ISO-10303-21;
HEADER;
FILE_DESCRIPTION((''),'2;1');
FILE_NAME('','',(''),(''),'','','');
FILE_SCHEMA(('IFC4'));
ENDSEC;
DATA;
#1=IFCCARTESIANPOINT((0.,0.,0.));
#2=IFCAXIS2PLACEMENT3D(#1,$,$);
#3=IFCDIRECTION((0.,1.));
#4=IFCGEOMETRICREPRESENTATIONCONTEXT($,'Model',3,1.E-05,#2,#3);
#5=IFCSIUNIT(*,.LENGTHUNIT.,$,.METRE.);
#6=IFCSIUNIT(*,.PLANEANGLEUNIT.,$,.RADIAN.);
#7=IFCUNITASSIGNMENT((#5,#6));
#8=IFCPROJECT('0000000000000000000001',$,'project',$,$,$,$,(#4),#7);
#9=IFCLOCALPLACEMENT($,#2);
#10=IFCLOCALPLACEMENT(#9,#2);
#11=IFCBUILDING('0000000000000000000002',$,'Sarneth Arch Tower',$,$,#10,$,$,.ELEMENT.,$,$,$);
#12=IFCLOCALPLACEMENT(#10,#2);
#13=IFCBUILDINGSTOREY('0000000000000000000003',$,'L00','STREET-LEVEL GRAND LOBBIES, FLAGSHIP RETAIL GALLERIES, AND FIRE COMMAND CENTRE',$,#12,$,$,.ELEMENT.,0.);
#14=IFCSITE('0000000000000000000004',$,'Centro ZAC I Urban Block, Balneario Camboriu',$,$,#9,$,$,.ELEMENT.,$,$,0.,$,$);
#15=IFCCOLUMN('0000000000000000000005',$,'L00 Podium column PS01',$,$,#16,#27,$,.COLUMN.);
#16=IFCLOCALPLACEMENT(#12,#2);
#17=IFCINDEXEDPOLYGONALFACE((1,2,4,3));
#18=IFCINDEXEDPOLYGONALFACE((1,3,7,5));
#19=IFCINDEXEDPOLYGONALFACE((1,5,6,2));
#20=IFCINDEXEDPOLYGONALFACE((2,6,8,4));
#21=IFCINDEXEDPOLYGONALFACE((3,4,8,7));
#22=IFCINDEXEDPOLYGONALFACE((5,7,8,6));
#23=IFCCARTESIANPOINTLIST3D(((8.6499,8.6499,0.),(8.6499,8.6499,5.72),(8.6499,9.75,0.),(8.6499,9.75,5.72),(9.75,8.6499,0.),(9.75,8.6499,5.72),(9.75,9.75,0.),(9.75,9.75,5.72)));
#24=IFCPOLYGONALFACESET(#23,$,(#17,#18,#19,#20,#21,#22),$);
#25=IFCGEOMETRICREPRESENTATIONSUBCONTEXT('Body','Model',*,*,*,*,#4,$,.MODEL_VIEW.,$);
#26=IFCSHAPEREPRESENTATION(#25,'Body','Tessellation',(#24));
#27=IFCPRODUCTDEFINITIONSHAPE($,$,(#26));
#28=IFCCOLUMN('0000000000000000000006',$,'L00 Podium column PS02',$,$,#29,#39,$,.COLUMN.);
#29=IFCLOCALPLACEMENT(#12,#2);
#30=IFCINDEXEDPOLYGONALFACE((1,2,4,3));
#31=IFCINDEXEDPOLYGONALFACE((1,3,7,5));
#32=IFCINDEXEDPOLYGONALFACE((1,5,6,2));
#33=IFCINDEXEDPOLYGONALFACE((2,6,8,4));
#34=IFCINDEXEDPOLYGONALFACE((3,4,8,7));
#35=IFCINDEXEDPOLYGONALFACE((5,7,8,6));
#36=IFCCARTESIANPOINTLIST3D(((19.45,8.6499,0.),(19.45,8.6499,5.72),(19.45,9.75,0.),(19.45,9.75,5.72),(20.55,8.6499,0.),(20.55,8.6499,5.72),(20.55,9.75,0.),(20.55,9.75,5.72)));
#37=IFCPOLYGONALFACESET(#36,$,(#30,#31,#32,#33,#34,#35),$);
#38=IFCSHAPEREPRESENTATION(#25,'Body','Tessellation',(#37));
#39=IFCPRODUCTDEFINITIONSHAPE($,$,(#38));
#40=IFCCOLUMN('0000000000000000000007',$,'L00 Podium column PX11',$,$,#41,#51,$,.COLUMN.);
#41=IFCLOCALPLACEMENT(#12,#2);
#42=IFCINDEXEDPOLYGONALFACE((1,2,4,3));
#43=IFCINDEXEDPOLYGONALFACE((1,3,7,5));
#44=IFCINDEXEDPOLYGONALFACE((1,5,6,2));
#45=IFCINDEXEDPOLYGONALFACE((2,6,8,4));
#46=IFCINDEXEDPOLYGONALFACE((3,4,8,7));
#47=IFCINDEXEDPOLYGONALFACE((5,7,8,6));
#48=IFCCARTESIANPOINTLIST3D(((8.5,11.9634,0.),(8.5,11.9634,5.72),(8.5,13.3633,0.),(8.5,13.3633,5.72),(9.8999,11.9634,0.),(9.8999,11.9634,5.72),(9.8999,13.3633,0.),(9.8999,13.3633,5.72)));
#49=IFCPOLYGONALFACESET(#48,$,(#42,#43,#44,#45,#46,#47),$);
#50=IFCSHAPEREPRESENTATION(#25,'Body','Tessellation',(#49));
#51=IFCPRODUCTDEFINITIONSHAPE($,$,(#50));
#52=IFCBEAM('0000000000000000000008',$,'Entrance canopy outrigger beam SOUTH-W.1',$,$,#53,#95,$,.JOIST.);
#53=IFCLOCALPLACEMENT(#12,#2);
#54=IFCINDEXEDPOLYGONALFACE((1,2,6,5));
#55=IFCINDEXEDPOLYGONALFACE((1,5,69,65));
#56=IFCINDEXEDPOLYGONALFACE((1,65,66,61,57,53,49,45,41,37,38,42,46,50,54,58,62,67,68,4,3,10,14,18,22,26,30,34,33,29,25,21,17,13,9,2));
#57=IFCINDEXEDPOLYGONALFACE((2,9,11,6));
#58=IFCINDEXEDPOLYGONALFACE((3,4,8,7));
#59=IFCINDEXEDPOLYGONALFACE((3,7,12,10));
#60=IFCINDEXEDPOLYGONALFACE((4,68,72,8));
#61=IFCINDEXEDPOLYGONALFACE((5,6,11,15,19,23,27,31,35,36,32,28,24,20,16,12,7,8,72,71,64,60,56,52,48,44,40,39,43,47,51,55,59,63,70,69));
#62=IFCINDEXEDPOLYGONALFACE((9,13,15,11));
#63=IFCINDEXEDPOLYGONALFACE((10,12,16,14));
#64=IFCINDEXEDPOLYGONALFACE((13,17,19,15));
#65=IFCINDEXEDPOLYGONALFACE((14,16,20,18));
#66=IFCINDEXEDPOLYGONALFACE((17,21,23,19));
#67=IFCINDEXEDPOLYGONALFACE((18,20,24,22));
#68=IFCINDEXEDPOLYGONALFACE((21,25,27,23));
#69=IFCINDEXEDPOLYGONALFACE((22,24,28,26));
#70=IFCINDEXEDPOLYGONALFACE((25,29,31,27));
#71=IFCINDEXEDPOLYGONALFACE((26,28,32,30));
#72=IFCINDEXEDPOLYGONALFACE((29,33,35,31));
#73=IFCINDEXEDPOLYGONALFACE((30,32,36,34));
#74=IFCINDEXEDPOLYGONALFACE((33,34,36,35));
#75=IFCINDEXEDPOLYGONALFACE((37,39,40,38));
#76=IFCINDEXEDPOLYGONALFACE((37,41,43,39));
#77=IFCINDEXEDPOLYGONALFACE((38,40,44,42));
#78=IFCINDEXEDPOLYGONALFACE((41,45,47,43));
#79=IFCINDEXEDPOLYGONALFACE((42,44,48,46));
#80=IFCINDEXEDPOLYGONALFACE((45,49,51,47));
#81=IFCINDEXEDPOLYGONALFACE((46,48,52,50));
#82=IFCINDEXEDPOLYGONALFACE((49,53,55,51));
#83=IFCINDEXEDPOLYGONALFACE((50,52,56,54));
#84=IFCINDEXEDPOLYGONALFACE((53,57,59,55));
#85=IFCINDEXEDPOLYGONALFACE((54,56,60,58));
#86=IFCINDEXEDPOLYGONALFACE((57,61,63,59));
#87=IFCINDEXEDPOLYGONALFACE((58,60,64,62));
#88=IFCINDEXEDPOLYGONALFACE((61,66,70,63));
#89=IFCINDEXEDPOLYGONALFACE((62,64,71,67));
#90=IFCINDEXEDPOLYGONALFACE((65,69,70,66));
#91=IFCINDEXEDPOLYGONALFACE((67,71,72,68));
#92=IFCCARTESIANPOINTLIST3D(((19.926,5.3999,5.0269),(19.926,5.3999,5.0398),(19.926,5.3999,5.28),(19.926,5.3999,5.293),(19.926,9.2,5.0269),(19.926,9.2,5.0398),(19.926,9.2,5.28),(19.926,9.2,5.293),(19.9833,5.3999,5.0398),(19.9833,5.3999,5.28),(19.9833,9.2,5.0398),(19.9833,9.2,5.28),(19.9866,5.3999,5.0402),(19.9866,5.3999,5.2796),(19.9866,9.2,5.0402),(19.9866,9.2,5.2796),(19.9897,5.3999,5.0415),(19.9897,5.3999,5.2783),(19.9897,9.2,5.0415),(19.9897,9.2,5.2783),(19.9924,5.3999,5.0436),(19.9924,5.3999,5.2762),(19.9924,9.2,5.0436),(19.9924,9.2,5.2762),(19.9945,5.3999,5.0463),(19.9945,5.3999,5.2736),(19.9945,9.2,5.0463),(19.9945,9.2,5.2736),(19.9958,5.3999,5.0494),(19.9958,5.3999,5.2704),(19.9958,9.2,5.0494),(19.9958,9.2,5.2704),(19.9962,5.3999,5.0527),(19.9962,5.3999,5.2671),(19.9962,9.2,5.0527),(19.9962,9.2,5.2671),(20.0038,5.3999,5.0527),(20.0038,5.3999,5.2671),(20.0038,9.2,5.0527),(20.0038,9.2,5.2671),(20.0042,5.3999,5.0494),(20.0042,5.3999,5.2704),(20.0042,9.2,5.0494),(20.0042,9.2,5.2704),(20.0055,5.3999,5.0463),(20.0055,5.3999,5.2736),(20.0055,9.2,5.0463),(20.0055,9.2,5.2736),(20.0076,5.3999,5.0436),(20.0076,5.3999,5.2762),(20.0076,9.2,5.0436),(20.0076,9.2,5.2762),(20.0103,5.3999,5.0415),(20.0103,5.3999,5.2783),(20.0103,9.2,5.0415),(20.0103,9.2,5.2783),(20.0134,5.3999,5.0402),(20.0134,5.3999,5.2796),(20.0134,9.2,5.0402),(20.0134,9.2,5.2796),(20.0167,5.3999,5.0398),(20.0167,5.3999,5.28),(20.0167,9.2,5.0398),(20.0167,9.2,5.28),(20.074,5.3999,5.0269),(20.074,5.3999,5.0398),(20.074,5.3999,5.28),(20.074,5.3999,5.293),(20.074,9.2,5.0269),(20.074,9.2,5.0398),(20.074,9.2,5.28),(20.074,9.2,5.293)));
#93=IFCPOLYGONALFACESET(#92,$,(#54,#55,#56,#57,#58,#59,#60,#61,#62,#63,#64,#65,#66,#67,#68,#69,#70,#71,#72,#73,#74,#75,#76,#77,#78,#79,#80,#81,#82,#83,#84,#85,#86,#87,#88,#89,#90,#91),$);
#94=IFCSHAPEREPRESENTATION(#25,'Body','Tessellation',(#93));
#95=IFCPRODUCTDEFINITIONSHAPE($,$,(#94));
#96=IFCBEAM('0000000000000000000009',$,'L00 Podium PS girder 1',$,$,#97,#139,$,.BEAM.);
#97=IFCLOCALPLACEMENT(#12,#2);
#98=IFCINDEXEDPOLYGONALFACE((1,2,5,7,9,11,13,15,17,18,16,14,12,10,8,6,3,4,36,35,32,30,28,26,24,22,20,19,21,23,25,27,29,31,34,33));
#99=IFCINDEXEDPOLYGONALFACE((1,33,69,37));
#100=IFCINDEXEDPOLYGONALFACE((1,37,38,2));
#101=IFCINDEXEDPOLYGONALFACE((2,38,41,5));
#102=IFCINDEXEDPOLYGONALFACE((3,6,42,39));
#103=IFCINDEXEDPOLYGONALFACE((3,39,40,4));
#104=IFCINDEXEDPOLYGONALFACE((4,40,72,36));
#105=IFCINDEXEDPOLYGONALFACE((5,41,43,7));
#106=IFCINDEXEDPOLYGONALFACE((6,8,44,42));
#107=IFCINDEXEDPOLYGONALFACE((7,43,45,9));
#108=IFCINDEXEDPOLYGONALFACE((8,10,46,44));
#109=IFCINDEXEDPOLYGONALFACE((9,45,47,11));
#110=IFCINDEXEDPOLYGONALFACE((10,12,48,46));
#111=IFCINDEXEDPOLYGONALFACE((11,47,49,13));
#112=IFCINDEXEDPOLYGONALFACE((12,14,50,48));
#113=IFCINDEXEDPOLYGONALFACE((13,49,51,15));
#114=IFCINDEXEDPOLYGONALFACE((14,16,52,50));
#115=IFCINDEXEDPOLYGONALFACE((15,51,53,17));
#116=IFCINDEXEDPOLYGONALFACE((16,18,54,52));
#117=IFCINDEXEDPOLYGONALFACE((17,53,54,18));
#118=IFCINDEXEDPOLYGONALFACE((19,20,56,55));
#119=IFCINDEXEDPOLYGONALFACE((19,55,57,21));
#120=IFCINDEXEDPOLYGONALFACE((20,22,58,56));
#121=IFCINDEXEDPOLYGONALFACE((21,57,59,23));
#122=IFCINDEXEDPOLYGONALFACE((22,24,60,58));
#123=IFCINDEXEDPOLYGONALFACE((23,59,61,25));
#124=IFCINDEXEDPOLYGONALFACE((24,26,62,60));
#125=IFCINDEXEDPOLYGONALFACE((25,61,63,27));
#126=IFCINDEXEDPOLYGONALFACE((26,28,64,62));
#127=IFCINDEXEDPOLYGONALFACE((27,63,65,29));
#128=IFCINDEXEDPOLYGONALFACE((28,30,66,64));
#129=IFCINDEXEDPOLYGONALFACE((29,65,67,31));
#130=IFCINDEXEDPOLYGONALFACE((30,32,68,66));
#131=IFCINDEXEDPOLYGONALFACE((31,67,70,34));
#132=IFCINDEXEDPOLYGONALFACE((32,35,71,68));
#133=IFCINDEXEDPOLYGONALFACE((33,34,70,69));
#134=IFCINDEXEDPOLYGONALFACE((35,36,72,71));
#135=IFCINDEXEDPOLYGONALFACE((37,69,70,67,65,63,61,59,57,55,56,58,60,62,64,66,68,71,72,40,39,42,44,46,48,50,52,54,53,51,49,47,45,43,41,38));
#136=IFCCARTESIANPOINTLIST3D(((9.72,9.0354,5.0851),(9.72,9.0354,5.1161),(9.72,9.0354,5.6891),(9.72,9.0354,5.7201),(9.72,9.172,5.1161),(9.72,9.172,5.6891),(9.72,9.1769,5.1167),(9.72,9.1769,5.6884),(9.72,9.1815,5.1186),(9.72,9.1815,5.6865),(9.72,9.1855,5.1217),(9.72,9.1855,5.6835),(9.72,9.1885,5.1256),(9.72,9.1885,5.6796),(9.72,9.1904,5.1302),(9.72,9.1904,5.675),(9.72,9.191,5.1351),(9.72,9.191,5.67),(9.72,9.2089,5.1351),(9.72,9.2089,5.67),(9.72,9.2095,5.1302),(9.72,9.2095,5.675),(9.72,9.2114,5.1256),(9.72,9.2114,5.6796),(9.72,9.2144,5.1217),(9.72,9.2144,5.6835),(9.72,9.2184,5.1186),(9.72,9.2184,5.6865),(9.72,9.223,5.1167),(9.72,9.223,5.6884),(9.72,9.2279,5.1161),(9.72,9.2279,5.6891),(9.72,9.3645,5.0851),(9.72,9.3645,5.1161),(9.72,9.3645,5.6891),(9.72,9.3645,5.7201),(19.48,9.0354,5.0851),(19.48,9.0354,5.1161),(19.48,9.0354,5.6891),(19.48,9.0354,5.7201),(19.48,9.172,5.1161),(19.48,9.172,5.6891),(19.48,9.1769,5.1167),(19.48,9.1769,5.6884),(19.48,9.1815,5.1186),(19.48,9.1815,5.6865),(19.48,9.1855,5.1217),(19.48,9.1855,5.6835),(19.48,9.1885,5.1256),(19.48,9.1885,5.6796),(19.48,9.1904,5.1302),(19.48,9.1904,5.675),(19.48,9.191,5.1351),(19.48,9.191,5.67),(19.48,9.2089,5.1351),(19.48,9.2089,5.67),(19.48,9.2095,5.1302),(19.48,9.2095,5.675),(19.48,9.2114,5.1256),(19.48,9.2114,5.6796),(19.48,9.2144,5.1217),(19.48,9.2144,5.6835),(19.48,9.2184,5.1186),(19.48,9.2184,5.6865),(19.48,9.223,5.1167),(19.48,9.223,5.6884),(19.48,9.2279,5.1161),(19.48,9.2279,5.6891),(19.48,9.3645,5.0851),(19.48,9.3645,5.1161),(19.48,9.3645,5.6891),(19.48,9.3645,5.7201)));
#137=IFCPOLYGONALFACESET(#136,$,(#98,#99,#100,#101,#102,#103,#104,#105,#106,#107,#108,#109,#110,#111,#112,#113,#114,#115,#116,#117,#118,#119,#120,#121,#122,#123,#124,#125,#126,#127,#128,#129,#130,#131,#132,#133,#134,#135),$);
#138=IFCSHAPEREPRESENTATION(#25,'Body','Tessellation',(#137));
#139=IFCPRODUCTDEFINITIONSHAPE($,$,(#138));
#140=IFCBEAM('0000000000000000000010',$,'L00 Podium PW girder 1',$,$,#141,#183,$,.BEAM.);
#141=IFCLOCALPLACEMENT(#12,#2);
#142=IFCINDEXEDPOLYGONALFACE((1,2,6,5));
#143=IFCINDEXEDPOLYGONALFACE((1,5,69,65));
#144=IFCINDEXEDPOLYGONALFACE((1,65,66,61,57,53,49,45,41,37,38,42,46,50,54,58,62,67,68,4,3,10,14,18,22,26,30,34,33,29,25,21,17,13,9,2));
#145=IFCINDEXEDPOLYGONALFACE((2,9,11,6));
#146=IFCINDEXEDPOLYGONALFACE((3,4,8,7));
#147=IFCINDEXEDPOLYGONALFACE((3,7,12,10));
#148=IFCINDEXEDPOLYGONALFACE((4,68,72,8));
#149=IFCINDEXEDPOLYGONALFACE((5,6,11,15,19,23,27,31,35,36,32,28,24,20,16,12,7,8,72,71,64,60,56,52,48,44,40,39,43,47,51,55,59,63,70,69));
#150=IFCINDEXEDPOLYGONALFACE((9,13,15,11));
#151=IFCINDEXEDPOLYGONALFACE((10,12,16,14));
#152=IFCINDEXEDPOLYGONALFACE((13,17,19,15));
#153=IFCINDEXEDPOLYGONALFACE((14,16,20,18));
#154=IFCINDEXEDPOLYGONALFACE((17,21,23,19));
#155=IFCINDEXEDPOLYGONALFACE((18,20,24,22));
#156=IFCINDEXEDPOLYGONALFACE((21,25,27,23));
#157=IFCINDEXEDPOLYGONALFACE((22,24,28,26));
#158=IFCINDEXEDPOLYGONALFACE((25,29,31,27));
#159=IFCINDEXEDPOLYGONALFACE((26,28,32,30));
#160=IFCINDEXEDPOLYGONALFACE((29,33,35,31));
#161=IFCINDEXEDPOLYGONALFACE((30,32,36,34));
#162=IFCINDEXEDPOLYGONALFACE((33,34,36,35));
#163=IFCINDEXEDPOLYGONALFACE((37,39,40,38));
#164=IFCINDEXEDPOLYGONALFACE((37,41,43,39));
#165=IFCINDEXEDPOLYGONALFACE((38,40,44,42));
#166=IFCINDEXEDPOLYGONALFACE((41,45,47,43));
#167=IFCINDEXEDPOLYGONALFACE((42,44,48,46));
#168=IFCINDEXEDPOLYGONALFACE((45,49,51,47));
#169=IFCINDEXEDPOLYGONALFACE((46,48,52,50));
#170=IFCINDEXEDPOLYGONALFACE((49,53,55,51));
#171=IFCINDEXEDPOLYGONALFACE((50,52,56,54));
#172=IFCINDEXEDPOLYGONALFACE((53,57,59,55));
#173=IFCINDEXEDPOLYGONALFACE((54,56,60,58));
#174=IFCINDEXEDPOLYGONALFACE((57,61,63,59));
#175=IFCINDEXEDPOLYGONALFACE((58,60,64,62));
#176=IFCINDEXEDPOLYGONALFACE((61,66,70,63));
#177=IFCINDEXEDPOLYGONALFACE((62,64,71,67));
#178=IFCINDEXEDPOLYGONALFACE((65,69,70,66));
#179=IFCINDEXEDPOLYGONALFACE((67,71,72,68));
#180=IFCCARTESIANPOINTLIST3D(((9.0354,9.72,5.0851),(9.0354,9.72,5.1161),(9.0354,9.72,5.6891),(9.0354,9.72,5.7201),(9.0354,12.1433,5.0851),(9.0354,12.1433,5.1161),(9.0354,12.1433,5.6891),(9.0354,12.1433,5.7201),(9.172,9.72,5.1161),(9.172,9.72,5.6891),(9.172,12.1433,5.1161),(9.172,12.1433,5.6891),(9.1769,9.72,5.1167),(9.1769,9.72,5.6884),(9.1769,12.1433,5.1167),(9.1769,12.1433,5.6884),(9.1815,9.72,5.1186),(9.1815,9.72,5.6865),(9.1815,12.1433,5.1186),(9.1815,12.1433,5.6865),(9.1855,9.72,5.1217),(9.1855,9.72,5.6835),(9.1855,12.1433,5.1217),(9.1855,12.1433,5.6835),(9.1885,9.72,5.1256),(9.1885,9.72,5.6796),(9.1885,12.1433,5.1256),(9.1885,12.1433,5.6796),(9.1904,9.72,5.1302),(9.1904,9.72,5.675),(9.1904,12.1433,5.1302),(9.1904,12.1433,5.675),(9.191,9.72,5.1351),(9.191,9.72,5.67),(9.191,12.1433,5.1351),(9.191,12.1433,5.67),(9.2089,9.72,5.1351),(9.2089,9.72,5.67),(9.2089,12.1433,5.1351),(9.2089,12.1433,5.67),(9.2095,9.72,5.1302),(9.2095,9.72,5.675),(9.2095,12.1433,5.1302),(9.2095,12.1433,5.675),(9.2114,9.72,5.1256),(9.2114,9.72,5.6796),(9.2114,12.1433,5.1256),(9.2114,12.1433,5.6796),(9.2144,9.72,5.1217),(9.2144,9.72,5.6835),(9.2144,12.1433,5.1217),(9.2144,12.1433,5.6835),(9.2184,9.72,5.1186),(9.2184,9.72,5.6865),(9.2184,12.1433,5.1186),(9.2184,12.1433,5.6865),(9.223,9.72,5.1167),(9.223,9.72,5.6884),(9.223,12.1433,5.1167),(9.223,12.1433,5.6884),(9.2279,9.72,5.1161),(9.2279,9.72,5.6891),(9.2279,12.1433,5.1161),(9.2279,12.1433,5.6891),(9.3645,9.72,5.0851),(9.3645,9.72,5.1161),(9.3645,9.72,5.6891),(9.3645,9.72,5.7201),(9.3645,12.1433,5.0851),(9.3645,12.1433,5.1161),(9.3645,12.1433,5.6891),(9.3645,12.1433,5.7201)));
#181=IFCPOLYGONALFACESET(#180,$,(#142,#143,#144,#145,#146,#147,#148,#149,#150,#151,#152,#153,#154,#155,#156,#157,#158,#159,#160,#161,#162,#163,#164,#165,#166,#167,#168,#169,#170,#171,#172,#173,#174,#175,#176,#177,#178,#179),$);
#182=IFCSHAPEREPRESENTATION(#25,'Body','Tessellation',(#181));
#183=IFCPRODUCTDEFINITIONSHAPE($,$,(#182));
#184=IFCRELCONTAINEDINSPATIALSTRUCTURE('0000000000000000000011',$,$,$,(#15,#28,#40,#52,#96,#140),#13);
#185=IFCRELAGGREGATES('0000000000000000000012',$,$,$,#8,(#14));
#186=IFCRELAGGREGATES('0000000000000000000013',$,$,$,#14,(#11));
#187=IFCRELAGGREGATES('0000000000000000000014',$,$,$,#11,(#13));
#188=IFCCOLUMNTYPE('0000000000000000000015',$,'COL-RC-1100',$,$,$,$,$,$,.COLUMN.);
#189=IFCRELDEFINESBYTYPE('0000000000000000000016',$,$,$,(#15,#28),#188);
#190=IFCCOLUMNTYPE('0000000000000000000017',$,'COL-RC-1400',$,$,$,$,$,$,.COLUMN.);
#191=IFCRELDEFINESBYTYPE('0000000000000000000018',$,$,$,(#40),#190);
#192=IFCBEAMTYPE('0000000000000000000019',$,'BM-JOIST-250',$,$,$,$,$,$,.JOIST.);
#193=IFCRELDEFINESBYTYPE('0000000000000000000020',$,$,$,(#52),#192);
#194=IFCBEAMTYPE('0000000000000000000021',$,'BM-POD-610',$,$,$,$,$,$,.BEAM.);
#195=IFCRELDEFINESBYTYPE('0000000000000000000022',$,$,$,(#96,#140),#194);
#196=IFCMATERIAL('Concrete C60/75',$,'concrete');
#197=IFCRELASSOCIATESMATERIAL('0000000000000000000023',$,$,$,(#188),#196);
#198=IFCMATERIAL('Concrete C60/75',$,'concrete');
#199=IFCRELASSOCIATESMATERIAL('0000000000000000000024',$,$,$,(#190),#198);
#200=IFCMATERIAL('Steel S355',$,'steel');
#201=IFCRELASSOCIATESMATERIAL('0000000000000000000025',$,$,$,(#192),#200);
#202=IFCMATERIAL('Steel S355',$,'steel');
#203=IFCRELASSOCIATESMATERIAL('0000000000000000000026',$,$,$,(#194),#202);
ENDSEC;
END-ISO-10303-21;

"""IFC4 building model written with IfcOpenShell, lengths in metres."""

from ifc_helpers import new_model, si_unit, direction, frame, origin, origin_2d, place, context, subcontext, project, spatial, rectangle, i_section, extrude, material, material_profile, profile_set, type_object, element, save


model = new_model("IFC4")

# Units and contexts
model_context = context("Model", 3, precision=1e-05, world=origin(), true_north=direction((0.0, 1.0)))
body_context = subcontext(model_context, "Body", "Model", "MODEL_VIEW")
ifc_project = project(units=[si_unit("LENGTHUNIT", "METRE"), si_unit("PLANEANGLEUNIT", "RADIAN")], contexts=[model_context])

# Site, building, storey
site_placement = place(None, origin())
site = spatial("IfcSite", under=ifc_project, at=site_placement, Name="Centro ZAC I Urban Block, Balneario Camboriu", CompositionType="ELEMENT", RefElevation=0.0)
building_placement = place(site_placement, origin())
building = spatial("IfcBuilding", under=site, at=building_placement, Name="Sarneth Arch Tower", CompositionType="ELEMENT")
storey_placement = place(building_placement, origin())
storey = spatial("IfcBuildingStorey", under=building, at=storey_placement, Name="L00", Description="STREET-LEVEL GRAND LOBBIES, FLAGSHIP RETAIL GALLERIES, AND FIRE COMMAND CENTRE", CompositionType="ELEMENT", Elevation=0.0)

# Columns
ifc_material_1 = material(Name="Concrete C60/75", Category="concrete")
ifc_material_profile_1 = material_profile(ifc_material_1, rectangle(XDim=1.1001, YDim=1.1001, at=origin_2d()), Name="RC-1100x1100")
ifc_profile_set_1 = profile_set([ifc_material_profile_1], Name="Concrete C60/75")
column_type_1 = type_object("IfcColumnType", Name="COL-RC-1100", PredefinedType="COLUMN", material=ifc_profile_set_1)
for number, where, z_axis, x_axis, name in (
    (1, (9.2, 9.2, 0.0), (0.0, 0.0, 1.0), (1.0, 0.0, 0.0), "L00 Podium column PS01"),
    (2, (20.0, 9.2, 0.0), (0.0, 0.0, 1.0), (1.0, 0.0, 0.0), "L00 Podium column PS02"),
):
    element("IfcColumn", number, at=place(storey_placement, frame(where, z_axis=z_axis, x_axis=x_axis)), inside=storey, type_object=column_type_1, Name=name, PredefinedType="COLUMN", context=body_context, shape_type="SweptSolid", body=[
        extrude(rectangle(XDim=1.1001, YDim=1.1001, at=origin_2d()), origin(), (0.0, 0.0, 1.0), 5.72),
    ])
ifc_material_2 = material(Name="Concrete C60/75", Category="concrete")
ifc_material_profile_2 = material_profile(ifc_material_2, rectangle(XDim=1.3999, YDim=1.3999, at=origin_2d()), Name="RC-1400x1400")
ifc_profile_set_2 = profile_set([ifc_material_profile_2], Name="Concrete C60/75")
column_type_2 = type_object("IfcColumnType", Name="COL-RC-1400", PredefinedType="COLUMN", material=ifc_profile_set_2)
column_placement = place(storey_placement, frame((9.2, 12.6633, 0.0), z_axis=(0.0, 0.0, 1.0), x_axis=(1.0, 0.0, 0.0)))
element("IfcColumn", 3, at=column_placement, inside=storey, type_object=column_type_2, Name="L00 Podium column PX11", PredefinedType="COLUMN", context=body_context, shape_type="SweptSolid", body=[
    extrude(rectangle(XDim=1.3999, YDim=1.3999, at=origin_2d()), origin(), (0.0, 0.0, 1.0), 5.72),
])

# Beams
ifc_material_3 = material(Name="Steel S355", Category="steel")
ifc_material_profile_3 = material_profile(ifc_material_3, i_section(OverallWidth=0.1479, OverallDepth=0.2661, WebThickness=0.0076, FlangeThickness=0.0129, FilletRadius=0.0129, at=origin_2d()), Name="W250x44.8")
ifc_profile_set_3 = profile_set([ifc_material_profile_3], Name="Steel S355")
beam_type_1 = type_object("IfcBeamType", Name="BM-JOIST-250", PredefinedType="JOIST", material=ifc_profile_set_3)
beam_1_placement = place(storey_placement, frame((20.0, 9.2, 5.1599), z_axis=(0.0, -1.0, 0.0), x_axis=(1.0, 0.0, 0.0)))
element("IfcBeam", 4, at=beam_1_placement, inside=storey, type_object=beam_type_1, Name="Entrance canopy outrigger beam SOUTH-W.1", PredefinedType="JOIST", context=body_context, shape_type="SweptSolid", body=[
    extrude(i_section(OverallWidth=0.1479, OverallDepth=0.2661, WebThickness=0.0076, FlangeThickness=0.0129, FilletRadius=0.0129, at=origin_2d()), origin(), (0.0, 0.0, 1.0), 3.8),
])
ifc_material_4 = material(Name="Steel S355", Category="steel")
ifc_material_profile_4 = material_profile(ifc_material_4, i_section(OverallWidth=0.3291, OverallDepth=0.635, WebThickness=0.0178, FlangeThickness=0.031, FilletRadius=0.019, at=origin_2d()), Name="W610x241")
ifc_profile_set_4 = profile_set([ifc_material_profile_4], Name="Steel S355")
beam_type_2 = type_object("IfcBeamType", Name="BM-POD-610", PredefinedType="BEAM", material=ifc_profile_set_4)
beam_2_placement = place(storey_placement, frame((9.72, 9.2, 5.4026), z_axis=(1.0, 0.0, 0.0), x_axis=(0.0, 1.0, 0.0)))
element("IfcBeam", 5, at=beam_2_placement, inside=storey, type_object=beam_type_2, Name="L00 Podium PS girder 1", PredefinedType="BEAM", context=body_context, shape_type="SweptSolid", body=[
    extrude(i_section(OverallWidth=0.3291, OverallDepth=0.635, WebThickness=0.0178, FlangeThickness=0.031, FilletRadius=0.019, at=origin_2d()), origin(), (0.0, 0.0, 1.0), 9.76),
])
beam_3_placement = place(storey_placement, frame((9.2, 9.72, 5.4026), z_axis=(0.0, 1.0, 0.0), x_axis=(-1.0, 0.0, 0.0)))
element("IfcBeam", 6, at=beam_3_placement, inside=storey, type_object=beam_type_2, Name="L00 Podium PW girder 1", PredefinedType="BEAM", context=body_context, shape_type="SweptSolid", body=[
    extrude(i_section(OverallWidth=0.3291, OverallDepth=0.635, WebThickness=0.0178, FlangeThickness=0.031, FilletRadius=0.019, at=origin_2d()), origin(), (0.0, 0.0, 1.0), 2.4233),
])

save(model, "model.ifc")
